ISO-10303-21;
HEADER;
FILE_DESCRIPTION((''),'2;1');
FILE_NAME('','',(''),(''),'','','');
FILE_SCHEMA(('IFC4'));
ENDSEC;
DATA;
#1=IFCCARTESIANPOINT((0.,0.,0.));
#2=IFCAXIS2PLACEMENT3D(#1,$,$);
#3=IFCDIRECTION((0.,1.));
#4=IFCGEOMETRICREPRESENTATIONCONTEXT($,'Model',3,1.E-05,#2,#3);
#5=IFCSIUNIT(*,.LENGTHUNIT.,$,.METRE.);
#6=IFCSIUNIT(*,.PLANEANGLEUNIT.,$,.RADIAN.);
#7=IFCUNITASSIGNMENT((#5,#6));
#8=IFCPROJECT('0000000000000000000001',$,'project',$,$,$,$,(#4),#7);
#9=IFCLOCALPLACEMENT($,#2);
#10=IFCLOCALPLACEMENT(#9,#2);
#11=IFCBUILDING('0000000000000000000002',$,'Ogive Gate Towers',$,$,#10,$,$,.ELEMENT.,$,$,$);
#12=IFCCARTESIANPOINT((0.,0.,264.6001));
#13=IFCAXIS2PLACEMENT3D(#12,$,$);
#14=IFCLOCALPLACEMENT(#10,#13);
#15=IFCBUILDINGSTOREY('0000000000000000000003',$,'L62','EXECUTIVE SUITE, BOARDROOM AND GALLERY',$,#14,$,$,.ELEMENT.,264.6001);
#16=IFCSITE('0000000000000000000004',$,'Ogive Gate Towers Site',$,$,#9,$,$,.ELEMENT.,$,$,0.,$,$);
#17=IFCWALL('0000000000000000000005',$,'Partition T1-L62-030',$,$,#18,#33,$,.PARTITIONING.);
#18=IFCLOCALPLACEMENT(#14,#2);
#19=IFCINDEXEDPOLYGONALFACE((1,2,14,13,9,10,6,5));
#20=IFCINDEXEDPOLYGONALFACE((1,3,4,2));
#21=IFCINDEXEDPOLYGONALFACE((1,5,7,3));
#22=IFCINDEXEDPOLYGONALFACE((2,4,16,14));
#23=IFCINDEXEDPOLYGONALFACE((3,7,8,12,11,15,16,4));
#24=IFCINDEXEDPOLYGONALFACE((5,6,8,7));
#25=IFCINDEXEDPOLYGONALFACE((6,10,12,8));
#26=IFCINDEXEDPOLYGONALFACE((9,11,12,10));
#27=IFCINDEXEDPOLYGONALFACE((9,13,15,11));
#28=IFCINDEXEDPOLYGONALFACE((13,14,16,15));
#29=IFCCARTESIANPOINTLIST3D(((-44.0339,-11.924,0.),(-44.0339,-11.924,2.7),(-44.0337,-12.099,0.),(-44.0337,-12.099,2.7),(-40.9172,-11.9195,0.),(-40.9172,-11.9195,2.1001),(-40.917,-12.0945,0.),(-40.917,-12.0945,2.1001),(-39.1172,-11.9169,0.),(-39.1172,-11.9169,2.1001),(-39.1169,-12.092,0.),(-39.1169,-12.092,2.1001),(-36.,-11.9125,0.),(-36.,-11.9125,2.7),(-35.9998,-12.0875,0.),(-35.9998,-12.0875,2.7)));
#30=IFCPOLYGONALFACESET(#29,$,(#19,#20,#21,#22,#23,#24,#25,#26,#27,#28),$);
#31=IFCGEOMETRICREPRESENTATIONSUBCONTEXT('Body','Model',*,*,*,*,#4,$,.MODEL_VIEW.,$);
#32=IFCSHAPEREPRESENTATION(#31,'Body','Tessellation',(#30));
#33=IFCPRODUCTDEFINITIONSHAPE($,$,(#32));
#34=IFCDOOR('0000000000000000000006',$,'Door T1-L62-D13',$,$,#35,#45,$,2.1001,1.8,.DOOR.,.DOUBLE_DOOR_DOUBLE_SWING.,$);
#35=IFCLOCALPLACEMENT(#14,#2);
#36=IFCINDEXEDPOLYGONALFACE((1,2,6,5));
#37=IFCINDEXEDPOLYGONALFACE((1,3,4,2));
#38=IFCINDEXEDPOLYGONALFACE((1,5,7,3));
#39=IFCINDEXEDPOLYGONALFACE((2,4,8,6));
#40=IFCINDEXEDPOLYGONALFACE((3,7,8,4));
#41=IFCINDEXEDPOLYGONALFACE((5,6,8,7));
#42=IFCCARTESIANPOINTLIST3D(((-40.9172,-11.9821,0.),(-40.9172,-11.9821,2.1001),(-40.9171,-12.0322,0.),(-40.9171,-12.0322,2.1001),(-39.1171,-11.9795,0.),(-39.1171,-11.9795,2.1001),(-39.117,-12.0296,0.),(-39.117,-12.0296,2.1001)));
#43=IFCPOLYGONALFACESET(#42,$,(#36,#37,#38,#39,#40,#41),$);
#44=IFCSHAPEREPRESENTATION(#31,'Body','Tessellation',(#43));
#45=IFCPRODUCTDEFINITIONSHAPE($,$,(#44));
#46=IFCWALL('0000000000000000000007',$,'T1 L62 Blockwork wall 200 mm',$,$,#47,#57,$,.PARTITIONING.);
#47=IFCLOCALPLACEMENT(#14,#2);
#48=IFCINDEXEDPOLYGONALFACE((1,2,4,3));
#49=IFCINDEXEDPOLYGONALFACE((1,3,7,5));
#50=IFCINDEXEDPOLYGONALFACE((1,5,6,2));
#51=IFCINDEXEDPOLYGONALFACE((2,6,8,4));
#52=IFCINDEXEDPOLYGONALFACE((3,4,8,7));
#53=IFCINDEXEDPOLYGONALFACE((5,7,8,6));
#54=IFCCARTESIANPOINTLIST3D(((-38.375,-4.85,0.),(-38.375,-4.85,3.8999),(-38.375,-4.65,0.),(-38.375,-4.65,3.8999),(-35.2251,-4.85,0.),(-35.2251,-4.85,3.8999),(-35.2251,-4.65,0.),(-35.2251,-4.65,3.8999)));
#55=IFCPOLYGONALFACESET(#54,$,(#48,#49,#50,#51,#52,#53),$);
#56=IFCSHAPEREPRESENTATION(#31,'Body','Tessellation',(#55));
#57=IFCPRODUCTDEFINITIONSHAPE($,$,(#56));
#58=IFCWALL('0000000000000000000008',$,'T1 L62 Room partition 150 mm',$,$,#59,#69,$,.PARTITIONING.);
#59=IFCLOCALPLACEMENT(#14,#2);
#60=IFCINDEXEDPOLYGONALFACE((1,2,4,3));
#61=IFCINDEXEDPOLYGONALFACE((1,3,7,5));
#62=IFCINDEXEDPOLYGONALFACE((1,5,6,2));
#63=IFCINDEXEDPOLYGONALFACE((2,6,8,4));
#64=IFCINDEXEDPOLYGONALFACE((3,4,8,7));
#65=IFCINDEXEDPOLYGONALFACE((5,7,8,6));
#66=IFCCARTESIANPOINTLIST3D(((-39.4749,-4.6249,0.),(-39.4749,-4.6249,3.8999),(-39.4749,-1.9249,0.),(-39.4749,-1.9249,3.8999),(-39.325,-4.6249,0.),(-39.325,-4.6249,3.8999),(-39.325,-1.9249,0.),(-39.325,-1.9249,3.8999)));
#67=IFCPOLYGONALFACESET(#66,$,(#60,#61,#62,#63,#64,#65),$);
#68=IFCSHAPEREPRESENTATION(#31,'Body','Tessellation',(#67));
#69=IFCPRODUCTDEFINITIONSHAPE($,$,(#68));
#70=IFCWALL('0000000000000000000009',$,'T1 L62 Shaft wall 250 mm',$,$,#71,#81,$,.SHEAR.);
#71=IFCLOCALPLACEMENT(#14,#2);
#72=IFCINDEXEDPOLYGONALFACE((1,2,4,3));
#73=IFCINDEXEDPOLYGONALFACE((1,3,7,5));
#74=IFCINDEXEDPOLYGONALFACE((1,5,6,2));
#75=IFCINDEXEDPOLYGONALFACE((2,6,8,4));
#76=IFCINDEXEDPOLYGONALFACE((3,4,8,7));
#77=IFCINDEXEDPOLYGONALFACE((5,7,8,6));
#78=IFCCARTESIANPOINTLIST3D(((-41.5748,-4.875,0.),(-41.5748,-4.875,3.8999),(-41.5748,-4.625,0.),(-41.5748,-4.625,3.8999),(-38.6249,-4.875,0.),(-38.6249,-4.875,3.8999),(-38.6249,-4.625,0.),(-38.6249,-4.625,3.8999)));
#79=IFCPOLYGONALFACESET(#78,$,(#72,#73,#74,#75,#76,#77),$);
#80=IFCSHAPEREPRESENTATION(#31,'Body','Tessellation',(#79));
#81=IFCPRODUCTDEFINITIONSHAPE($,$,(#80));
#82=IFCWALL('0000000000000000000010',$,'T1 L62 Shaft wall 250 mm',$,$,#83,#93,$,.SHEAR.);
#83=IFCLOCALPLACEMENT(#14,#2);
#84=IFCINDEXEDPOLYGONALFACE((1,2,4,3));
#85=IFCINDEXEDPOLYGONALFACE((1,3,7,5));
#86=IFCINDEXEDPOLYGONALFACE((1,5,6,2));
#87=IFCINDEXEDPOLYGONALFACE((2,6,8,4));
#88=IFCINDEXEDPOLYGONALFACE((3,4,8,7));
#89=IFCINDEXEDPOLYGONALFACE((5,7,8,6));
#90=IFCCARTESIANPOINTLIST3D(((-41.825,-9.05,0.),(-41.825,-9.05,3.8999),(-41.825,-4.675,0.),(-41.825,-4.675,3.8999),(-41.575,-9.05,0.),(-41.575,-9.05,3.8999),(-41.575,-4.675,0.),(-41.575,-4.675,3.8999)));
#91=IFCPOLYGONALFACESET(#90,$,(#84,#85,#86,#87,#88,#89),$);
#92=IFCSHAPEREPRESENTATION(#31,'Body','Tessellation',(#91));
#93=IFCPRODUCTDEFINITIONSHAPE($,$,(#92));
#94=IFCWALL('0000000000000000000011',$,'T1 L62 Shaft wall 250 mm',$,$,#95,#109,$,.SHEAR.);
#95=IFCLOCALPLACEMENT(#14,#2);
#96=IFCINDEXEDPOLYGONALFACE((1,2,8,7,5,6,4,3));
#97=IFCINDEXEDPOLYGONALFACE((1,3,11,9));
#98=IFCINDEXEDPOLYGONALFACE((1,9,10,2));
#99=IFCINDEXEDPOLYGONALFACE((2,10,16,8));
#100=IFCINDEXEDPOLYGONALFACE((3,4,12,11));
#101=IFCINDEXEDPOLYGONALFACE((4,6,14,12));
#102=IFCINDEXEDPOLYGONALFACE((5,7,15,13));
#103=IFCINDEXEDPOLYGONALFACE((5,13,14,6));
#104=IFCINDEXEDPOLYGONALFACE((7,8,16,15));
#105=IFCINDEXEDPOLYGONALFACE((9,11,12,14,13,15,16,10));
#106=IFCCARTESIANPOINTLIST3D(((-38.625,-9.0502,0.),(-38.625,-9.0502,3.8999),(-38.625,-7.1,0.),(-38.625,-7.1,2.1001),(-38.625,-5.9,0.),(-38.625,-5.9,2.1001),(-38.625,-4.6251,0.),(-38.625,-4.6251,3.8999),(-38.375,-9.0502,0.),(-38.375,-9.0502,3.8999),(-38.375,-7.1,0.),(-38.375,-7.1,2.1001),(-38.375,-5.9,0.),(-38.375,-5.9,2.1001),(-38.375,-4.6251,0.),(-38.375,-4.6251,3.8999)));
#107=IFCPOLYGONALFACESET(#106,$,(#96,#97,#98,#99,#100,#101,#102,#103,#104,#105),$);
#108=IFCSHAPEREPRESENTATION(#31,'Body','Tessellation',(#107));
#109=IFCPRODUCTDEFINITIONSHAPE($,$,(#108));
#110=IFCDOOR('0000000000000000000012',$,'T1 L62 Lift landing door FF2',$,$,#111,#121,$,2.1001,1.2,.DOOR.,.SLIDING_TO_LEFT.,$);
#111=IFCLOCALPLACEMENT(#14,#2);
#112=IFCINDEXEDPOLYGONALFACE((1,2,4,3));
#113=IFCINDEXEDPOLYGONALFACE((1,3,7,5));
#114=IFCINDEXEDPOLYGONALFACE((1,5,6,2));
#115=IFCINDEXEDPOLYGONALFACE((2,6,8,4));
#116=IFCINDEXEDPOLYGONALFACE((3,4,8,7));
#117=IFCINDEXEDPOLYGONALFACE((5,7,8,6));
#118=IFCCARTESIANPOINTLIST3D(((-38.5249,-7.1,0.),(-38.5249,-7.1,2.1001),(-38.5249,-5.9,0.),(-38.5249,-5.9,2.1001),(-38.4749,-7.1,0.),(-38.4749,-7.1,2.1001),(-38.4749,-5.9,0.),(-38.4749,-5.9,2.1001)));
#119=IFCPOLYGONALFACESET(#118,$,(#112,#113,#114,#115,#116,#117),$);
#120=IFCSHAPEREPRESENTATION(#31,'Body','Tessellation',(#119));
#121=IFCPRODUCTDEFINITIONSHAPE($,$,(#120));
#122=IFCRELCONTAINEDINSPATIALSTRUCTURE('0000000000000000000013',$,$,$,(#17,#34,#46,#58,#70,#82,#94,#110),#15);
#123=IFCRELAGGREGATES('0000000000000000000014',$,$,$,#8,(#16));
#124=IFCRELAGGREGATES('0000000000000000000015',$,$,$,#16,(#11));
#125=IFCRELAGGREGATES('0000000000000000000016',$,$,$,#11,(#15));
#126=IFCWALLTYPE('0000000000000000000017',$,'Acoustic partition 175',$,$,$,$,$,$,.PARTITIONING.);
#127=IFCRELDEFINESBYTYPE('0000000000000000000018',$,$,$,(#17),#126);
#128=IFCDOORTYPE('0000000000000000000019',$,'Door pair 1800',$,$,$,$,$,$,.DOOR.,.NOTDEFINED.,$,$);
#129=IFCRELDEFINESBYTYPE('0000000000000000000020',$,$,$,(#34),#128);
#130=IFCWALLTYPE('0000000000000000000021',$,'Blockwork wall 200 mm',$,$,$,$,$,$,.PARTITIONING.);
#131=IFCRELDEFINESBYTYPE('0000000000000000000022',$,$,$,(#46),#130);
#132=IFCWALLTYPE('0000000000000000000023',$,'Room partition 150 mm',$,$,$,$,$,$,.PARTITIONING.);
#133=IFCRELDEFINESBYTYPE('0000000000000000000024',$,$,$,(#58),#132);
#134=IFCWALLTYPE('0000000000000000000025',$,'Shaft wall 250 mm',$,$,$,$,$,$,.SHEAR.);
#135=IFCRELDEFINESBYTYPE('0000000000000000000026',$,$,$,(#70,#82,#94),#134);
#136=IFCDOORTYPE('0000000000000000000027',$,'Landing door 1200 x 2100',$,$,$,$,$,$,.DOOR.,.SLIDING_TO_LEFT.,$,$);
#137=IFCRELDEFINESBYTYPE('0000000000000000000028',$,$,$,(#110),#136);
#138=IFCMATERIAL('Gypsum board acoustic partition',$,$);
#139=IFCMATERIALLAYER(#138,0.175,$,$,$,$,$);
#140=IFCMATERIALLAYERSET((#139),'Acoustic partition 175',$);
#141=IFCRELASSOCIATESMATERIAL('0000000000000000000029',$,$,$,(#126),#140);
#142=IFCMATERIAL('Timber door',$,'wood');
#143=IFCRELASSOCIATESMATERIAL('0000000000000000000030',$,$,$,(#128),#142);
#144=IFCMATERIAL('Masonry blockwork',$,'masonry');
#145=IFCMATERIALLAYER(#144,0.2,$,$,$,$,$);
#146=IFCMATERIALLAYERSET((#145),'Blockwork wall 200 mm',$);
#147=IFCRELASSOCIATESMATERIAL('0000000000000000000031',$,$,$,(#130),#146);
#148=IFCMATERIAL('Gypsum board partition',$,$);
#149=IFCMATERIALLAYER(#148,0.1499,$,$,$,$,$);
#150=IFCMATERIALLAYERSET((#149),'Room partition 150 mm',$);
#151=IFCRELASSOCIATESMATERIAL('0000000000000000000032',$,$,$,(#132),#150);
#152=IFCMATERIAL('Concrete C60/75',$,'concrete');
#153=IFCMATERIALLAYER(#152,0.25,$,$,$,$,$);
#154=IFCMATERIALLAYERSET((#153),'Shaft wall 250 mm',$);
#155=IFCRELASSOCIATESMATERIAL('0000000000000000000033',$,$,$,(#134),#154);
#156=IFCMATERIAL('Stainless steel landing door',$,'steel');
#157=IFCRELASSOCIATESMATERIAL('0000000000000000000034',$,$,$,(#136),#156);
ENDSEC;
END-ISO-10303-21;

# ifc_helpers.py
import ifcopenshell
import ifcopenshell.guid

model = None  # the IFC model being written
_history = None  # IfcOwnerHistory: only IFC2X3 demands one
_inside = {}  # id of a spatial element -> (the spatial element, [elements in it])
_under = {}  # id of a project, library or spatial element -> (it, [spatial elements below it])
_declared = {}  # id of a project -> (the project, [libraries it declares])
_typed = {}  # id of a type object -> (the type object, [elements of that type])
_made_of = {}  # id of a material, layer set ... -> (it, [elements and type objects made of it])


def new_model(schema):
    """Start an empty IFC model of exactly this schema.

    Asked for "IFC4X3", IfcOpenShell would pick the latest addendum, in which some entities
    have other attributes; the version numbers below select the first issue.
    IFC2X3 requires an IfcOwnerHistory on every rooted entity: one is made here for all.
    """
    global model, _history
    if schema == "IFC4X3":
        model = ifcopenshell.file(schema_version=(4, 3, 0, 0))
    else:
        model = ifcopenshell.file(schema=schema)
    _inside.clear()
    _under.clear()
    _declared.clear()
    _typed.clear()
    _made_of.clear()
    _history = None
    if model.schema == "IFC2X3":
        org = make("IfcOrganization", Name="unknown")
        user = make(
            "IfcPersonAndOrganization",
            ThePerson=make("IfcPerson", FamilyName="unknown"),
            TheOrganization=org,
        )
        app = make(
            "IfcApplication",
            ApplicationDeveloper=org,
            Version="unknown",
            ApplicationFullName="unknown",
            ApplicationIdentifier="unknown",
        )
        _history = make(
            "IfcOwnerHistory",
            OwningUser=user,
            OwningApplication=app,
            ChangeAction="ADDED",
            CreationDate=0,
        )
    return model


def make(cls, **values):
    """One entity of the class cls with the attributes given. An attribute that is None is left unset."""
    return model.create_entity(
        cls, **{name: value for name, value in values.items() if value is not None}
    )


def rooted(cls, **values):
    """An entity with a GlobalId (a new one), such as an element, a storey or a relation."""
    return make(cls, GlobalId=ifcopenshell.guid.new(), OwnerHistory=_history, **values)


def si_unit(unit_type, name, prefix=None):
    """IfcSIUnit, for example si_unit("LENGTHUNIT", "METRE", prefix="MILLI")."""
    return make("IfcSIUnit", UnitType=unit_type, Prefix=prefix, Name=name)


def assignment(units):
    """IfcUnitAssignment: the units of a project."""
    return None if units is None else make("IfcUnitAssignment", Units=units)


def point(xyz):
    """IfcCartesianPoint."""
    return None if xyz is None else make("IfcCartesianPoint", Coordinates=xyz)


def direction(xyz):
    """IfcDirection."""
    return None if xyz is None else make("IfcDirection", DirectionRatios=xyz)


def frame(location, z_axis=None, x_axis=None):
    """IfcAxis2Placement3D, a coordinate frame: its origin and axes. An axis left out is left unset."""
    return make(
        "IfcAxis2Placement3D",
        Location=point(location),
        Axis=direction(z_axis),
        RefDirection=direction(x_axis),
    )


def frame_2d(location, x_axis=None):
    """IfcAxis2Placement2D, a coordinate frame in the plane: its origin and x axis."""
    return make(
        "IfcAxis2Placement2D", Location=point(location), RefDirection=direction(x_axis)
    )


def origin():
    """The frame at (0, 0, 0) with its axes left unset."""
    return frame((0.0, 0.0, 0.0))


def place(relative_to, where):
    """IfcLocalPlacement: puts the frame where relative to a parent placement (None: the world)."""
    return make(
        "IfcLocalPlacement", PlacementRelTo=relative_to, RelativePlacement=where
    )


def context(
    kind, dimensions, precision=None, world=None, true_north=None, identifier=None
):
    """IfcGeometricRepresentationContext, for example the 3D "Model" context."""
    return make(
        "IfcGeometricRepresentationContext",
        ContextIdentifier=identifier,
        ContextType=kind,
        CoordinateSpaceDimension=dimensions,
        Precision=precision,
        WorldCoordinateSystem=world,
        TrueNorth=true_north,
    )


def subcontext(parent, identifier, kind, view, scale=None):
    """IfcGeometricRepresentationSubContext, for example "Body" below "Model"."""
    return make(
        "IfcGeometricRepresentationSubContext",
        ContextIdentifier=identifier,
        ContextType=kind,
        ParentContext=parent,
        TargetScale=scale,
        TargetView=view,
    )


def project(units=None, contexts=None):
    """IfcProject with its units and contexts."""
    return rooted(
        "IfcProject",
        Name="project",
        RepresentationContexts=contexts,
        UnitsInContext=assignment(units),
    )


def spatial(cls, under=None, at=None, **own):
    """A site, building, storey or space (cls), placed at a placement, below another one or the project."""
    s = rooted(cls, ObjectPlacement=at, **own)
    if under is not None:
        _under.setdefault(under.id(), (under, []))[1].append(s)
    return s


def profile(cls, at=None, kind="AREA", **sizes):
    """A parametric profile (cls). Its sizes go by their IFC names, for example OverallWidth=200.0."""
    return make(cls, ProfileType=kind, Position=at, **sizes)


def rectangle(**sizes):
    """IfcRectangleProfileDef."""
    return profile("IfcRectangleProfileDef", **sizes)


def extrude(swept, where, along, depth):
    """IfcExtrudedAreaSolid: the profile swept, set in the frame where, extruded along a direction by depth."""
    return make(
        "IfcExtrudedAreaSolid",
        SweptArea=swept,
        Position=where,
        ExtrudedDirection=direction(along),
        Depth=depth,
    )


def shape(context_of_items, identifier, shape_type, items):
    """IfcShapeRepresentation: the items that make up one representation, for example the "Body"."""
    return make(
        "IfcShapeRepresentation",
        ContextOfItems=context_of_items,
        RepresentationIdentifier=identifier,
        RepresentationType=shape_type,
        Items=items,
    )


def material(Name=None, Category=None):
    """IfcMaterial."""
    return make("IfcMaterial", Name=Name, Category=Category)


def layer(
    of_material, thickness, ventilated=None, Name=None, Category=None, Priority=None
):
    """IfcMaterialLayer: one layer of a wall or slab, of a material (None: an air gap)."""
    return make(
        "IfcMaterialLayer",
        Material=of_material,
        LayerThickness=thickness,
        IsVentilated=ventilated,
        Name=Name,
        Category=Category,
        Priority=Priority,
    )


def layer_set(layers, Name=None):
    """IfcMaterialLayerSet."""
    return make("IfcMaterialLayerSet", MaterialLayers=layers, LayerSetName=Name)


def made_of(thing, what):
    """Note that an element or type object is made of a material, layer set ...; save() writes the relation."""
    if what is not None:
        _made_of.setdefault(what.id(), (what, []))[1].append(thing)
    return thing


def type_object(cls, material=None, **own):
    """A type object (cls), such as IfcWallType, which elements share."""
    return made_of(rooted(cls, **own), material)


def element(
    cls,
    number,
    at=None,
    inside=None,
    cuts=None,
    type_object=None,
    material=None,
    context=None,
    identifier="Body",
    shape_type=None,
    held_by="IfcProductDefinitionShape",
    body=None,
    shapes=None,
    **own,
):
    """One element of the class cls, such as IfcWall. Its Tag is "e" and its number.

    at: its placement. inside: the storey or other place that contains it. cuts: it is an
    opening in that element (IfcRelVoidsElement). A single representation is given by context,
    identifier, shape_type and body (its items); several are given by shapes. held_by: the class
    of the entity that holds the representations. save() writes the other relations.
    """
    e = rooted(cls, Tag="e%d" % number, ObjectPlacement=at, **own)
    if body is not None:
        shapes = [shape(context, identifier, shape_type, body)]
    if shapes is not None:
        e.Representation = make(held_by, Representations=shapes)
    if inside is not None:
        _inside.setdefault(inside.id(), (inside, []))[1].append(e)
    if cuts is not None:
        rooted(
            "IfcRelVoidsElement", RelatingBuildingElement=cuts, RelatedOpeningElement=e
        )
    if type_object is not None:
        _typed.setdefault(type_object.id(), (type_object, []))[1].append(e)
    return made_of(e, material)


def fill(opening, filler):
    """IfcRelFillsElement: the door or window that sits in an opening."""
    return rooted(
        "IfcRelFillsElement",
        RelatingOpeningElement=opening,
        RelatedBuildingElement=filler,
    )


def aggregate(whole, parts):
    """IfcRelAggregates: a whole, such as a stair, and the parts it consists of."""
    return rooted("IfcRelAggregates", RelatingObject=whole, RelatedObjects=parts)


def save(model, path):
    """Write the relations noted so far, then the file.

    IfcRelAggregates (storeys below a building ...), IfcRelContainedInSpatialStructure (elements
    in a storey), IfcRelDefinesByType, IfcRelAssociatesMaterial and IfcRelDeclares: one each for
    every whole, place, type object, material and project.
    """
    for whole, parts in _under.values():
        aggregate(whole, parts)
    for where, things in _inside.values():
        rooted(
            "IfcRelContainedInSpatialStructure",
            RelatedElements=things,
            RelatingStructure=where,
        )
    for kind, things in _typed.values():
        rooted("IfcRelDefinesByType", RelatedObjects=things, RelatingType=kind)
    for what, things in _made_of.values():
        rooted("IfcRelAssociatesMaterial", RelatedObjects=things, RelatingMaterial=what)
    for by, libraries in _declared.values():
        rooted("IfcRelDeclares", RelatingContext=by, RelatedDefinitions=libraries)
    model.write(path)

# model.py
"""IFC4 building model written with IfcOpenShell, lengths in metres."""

from ifc_helpers import new_model, si_unit, direction, frame, frame_2d, origin, place, context, subcontext, project, spatial, rectangle, extrude, material, layer, layer_set, type_object, element, fill, save


model = new_model("IFC4")

# Units and contexts
model_context = context("Model", 3, precision=1e-05, world=origin(), true_north=direction((0.0, 1.0)))
body_context = subcontext(model_context, "Body", "Model", "MODEL_VIEW")
ifc_project = project(units=[si_unit("LENGTHUNIT", "METRE"), si_unit("PLANEANGLEUNIT", "RADIAN")], contexts=[model_context])

# Site, building, storey
site_placement = place(None, origin())
site = spatial("IfcSite", under=ifc_project, at=site_placement, Name="Ogive Gate Towers Site", CompositionType="ELEMENT", RefElevation=0.0)
building_placement = place(site_placement, origin())
building = spatial("IfcBuilding", under=site, at=building_placement, Name="Ogive Gate Towers", CompositionType="ELEMENT")
storey_placement = place(building_placement, frame((0.0, 0.0, 264.6001)))
storey = spatial("IfcBuildingStorey", under=building, at=storey_placement, Name="L62", Description="EXECUTIVE SUITE, BOARDROOM AND GALLERY", CompositionType="ELEMENT", Elevation=264.6001)

# Shared definitions
ifc_material_1 = material(Name="Gypsum board acoustic partition")
ifc_layer_1 = layer(ifc_material_1, 0.175)
ifc_layer_set_1 = layer_set([ifc_layer_1], Name="Acoustic partition 175")
wall_type_1 = type_object("IfcWallType", Name="Acoustic partition 175", PredefinedType="PARTITIONING", material=ifc_layer_set_1)

# Wall, opening, door
wall_1_placement = place(storey_placement, frame((-44.0339, -12.0115, 0.0), z_axis=(0.0, 0.0, 1.0), x_axis=(0.999999, 0.001428, 0.0)))
wall_1 = element("IfcWall", 1, at=wall_1_placement, inside=storey, type_object=wall_type_1, Name="Partition T1-L62-030", PredefinedType="PARTITIONING", context=body_context, shape_type="SweptSolid", body=[
    extrude(rectangle(XDim=8.0339, YDim=0.175, at=frame_2d((4.0171, 0.0))), origin(), (0.0, 0.0, 1.0), 2.7),
])
opening_1_placement = place(wall_1_placement, frame((3.1169, 0.0, 0.0)))
opening_1 = element("IfcOpeningElement", 2, at=opening_1_placement, cuts=wall_1, PredefinedType="OPENING", context=body_context, shape_type="SweptSolid", body=[
    extrude(rectangle(XDim=1.8, YDim=2.1001, at=frame_2d((0.8999, 1.05))), frame((0.0, 0.0977, 0.0), z_axis=(0.0, -1.0, 0.0), x_axis=(1.0, 0.0, 0.0)), (0.0, 0.0, 1.0), 0.1951),
])
ifc_material_2 = material(Name="Timber door", Category="wood")
door_type_1 = type_object("IfcDoorType", Name="Door pair 1800", OperationType="NOTDEFINED", PredefinedType="DOOR", material=ifc_material_2)
door_1_placement = place(opening_1_placement, origin())
door_1 = element("IfcDoor", 3, at=door_1_placement, inside=storey, type_object=door_type_1, Name="Door T1-L62-D13", OperationType="DOUBLE_DOOR_DOUBLE_SWING", OverallHeight=2.1001, OverallWidth=1.8, PredefinedType="DOOR", context=body_context, shape_type="SweptSolid", body=[
    extrude(rectangle(XDim=1.8, YDim=2.1001, at=frame_2d((0.8999, 1.05))), frame((0.0, 0.0249, 0.0), z_axis=(0.0, -1.0, 0.0), x_axis=(1.0, 0.0, 0.0)), (0.0, 0.0, 1.0), 0.05),
])
fill(opening_1, door_1)

# Walls
ifc_material_3 = material(Name="Masonry blockwork", Category="masonry")
ifc_layer_2 = layer(ifc_material_3, 0.2)
ifc_layer_set_2 = layer_set([ifc_layer_2], Name="Blockwork wall 200 mm")
wall_type_2 = type_object("IfcWallType", Name="Blockwork wall 200 mm", PredefinedType="PARTITIONING", material=ifc_layer_set_2)
wall_2_placement = place(storey_placement, frame((-38.375, -4.75, 0.0), z_axis=(0.0, 0.0, 1.0), x_axis=(1.0, 0.0, 0.0)))
element("IfcWall", 4, at=wall_2_placement, inside=storey, type_object=wall_type_2, Name="T1 L62 Blockwork wall 200 mm", PredefinedType="PARTITIONING", context=body_context, shape_type="SweptSolid", body=[
    extrude(rectangle(XDim=3.1499, YDim=0.2, at=frame_2d((1.575, 0.0))), origin(), (0.0, 0.0, 1.0), 3.8999),
])
ifc_material_4 = material(Name="Gypsum board partition")
ifc_layer_3 = layer(ifc_material_4, 0.1499)
ifc_layer_set_3 = layer_set([ifc_layer_3], Name="Room partition 150 mm")
wall_type_3 = type_object("IfcWallType", Name="Room partition 150 mm", PredefinedType="PARTITIONING", material=ifc_layer_set_3)
wall_3_placement = place(storey_placement, frame((-39.3999, -4.625, 0.0), z_axis=(0.0, 0.0, 1.0), x_axis=(0.0, 1.0, 0.0)))
element("IfcWall", 5, at=wall_3_placement, inside=storey, type_object=wall_type_3, Name="T1 L62 Room partition 150 mm", PredefinedType="PARTITIONING", context=body_context, shape_type="SweptSolid", body=[
    extrude(rectangle(XDim=2.7, YDim=0.1499, at=frame_2d((1.3501, 0.0))), origin(), (0.0, 0.0, 1.0), 3.8999),
])
ifc_material_5 = material(Name="Concrete C60/75", Category="concrete")
ifc_layer_4 = layer(ifc_material_5, 0.25)
ifc_layer_set_4 = layer_set([ifc_layer_4], Name="Shaft wall 250 mm")
wall_type_4 = type_object("IfcWallType", Name="Shaft wall 250 mm", PredefinedType="SHEAR", material=ifc_layer_set_4)
wall_4_placement = place(storey_placement, frame((-41.575, -4.75, 0.0), z_axis=(0.0, 0.0, 1.0), x_axis=(1.0, 0.0, 0.0)))
element("IfcWall", 6, at=wall_4_placement, inside=storey, type_object=wall_type_4, Name="T1 L62 Shaft wall 250 mm", PredefinedType="SHEAR", context=body_context, shape_type="SweptSolid", body=[
    extrude(rectangle(XDim=2.95, YDim=0.25, at=frame_2d((1.4751, 0.0))), origin(), (0.0, 0.0, 1.0), 3.8999),
])
wall_5_placement = place(storey_placement, frame((-41.7, -9.05, 0.0), z_axis=(0.0, 0.0, 1.0), x_axis=(0.0, 1.0, 0.0)))
element("IfcWall", 7, at=wall_5_placement, inside=storey, type_object=wall_type_4, Name="T1 L62 Shaft wall 250 mm", PredefinedType="SHEAR", context=body_context, shape_type="SweptSolid", body=[
    extrude(rectangle(XDim=4.375, YDim=0.25, at=frame_2d((2.1875, 0.0))), origin(), (0.0, 0.0, 1.0), 3.8999),
])

# Wall, opening, door
wall_6_placement = place(storey_placement, frame((-38.5, -9.05, 0.0), z_axis=(0.0, 0.0, 1.0), x_axis=(0.0, 1.0, 0.0)))
wall_6 = element("IfcWall", 8, at=wall_6_placement, inside=storey, type_object=wall_type_4, Name="T1 L62 Shaft wall 250 mm", PredefinedType="SHEAR", context=body_context, shape_type="SweptSolid", body=[
    extrude(rectangle(XDim=4.425, YDim=0.25, at=frame_2d((2.2124, 0.0))), origin(), (0.0, 0.0, 1.0), 3.8999),
])
opening_2_placement = place(wall_6_placement, frame((1.95, 0.0, 0.0)))
opening_2 = element("IfcOpeningElement", 9, at=opening_2_placement, cuts=wall_6, PredefinedType="OPENING", context=body_context, shape_type="SweptSolid", body=[
    extrude(rectangle(XDim=1.2, YDim=2.1001, at=frame_2d((0.6001, 1.05))), frame((0.0, 0.135, 0.0), z_axis=(0.0, -1.0, 0.0), x_axis=(1.0, 0.0, 0.0)), (0.0, 0.0, 1.0), 0.27),
])
ifc_material_6 = material(Name="Stainless steel landing door", Category="steel")
door_type_2 = type_object("IfcDoorType", Name="Landing door 1200 x 2100", OperationType="SLIDING_TO_LEFT", PredefinedType="DOOR", material=ifc_material_6)
door_2_placement = place(opening_2_placement, origin())
door_2 = element("IfcDoor", 10, at=door_2_placement, inside=storey, type_object=door_type_2, Name="T1 L62 Lift landing door FF2", OperationType="SLIDING_TO_LEFT", OverallHeight=2.1001, OverallWidth=1.2, PredefinedType="DOOR", context=body_context, shape_type="SweptSolid", body=[
    extrude(rectangle(XDim=1.2, YDim=2.1001, at=frame_2d((0.6001, 1.05))), frame((0.0, 0.0249, 0.0), z_axis=(0.0, -1.0, 0.0), x_axis=(1.0, 0.0, 0.0)), (0.0, 0.0, 1.0), 0.05),
])
fill(opening_2, door_2)

save(model, "model.ifc")
